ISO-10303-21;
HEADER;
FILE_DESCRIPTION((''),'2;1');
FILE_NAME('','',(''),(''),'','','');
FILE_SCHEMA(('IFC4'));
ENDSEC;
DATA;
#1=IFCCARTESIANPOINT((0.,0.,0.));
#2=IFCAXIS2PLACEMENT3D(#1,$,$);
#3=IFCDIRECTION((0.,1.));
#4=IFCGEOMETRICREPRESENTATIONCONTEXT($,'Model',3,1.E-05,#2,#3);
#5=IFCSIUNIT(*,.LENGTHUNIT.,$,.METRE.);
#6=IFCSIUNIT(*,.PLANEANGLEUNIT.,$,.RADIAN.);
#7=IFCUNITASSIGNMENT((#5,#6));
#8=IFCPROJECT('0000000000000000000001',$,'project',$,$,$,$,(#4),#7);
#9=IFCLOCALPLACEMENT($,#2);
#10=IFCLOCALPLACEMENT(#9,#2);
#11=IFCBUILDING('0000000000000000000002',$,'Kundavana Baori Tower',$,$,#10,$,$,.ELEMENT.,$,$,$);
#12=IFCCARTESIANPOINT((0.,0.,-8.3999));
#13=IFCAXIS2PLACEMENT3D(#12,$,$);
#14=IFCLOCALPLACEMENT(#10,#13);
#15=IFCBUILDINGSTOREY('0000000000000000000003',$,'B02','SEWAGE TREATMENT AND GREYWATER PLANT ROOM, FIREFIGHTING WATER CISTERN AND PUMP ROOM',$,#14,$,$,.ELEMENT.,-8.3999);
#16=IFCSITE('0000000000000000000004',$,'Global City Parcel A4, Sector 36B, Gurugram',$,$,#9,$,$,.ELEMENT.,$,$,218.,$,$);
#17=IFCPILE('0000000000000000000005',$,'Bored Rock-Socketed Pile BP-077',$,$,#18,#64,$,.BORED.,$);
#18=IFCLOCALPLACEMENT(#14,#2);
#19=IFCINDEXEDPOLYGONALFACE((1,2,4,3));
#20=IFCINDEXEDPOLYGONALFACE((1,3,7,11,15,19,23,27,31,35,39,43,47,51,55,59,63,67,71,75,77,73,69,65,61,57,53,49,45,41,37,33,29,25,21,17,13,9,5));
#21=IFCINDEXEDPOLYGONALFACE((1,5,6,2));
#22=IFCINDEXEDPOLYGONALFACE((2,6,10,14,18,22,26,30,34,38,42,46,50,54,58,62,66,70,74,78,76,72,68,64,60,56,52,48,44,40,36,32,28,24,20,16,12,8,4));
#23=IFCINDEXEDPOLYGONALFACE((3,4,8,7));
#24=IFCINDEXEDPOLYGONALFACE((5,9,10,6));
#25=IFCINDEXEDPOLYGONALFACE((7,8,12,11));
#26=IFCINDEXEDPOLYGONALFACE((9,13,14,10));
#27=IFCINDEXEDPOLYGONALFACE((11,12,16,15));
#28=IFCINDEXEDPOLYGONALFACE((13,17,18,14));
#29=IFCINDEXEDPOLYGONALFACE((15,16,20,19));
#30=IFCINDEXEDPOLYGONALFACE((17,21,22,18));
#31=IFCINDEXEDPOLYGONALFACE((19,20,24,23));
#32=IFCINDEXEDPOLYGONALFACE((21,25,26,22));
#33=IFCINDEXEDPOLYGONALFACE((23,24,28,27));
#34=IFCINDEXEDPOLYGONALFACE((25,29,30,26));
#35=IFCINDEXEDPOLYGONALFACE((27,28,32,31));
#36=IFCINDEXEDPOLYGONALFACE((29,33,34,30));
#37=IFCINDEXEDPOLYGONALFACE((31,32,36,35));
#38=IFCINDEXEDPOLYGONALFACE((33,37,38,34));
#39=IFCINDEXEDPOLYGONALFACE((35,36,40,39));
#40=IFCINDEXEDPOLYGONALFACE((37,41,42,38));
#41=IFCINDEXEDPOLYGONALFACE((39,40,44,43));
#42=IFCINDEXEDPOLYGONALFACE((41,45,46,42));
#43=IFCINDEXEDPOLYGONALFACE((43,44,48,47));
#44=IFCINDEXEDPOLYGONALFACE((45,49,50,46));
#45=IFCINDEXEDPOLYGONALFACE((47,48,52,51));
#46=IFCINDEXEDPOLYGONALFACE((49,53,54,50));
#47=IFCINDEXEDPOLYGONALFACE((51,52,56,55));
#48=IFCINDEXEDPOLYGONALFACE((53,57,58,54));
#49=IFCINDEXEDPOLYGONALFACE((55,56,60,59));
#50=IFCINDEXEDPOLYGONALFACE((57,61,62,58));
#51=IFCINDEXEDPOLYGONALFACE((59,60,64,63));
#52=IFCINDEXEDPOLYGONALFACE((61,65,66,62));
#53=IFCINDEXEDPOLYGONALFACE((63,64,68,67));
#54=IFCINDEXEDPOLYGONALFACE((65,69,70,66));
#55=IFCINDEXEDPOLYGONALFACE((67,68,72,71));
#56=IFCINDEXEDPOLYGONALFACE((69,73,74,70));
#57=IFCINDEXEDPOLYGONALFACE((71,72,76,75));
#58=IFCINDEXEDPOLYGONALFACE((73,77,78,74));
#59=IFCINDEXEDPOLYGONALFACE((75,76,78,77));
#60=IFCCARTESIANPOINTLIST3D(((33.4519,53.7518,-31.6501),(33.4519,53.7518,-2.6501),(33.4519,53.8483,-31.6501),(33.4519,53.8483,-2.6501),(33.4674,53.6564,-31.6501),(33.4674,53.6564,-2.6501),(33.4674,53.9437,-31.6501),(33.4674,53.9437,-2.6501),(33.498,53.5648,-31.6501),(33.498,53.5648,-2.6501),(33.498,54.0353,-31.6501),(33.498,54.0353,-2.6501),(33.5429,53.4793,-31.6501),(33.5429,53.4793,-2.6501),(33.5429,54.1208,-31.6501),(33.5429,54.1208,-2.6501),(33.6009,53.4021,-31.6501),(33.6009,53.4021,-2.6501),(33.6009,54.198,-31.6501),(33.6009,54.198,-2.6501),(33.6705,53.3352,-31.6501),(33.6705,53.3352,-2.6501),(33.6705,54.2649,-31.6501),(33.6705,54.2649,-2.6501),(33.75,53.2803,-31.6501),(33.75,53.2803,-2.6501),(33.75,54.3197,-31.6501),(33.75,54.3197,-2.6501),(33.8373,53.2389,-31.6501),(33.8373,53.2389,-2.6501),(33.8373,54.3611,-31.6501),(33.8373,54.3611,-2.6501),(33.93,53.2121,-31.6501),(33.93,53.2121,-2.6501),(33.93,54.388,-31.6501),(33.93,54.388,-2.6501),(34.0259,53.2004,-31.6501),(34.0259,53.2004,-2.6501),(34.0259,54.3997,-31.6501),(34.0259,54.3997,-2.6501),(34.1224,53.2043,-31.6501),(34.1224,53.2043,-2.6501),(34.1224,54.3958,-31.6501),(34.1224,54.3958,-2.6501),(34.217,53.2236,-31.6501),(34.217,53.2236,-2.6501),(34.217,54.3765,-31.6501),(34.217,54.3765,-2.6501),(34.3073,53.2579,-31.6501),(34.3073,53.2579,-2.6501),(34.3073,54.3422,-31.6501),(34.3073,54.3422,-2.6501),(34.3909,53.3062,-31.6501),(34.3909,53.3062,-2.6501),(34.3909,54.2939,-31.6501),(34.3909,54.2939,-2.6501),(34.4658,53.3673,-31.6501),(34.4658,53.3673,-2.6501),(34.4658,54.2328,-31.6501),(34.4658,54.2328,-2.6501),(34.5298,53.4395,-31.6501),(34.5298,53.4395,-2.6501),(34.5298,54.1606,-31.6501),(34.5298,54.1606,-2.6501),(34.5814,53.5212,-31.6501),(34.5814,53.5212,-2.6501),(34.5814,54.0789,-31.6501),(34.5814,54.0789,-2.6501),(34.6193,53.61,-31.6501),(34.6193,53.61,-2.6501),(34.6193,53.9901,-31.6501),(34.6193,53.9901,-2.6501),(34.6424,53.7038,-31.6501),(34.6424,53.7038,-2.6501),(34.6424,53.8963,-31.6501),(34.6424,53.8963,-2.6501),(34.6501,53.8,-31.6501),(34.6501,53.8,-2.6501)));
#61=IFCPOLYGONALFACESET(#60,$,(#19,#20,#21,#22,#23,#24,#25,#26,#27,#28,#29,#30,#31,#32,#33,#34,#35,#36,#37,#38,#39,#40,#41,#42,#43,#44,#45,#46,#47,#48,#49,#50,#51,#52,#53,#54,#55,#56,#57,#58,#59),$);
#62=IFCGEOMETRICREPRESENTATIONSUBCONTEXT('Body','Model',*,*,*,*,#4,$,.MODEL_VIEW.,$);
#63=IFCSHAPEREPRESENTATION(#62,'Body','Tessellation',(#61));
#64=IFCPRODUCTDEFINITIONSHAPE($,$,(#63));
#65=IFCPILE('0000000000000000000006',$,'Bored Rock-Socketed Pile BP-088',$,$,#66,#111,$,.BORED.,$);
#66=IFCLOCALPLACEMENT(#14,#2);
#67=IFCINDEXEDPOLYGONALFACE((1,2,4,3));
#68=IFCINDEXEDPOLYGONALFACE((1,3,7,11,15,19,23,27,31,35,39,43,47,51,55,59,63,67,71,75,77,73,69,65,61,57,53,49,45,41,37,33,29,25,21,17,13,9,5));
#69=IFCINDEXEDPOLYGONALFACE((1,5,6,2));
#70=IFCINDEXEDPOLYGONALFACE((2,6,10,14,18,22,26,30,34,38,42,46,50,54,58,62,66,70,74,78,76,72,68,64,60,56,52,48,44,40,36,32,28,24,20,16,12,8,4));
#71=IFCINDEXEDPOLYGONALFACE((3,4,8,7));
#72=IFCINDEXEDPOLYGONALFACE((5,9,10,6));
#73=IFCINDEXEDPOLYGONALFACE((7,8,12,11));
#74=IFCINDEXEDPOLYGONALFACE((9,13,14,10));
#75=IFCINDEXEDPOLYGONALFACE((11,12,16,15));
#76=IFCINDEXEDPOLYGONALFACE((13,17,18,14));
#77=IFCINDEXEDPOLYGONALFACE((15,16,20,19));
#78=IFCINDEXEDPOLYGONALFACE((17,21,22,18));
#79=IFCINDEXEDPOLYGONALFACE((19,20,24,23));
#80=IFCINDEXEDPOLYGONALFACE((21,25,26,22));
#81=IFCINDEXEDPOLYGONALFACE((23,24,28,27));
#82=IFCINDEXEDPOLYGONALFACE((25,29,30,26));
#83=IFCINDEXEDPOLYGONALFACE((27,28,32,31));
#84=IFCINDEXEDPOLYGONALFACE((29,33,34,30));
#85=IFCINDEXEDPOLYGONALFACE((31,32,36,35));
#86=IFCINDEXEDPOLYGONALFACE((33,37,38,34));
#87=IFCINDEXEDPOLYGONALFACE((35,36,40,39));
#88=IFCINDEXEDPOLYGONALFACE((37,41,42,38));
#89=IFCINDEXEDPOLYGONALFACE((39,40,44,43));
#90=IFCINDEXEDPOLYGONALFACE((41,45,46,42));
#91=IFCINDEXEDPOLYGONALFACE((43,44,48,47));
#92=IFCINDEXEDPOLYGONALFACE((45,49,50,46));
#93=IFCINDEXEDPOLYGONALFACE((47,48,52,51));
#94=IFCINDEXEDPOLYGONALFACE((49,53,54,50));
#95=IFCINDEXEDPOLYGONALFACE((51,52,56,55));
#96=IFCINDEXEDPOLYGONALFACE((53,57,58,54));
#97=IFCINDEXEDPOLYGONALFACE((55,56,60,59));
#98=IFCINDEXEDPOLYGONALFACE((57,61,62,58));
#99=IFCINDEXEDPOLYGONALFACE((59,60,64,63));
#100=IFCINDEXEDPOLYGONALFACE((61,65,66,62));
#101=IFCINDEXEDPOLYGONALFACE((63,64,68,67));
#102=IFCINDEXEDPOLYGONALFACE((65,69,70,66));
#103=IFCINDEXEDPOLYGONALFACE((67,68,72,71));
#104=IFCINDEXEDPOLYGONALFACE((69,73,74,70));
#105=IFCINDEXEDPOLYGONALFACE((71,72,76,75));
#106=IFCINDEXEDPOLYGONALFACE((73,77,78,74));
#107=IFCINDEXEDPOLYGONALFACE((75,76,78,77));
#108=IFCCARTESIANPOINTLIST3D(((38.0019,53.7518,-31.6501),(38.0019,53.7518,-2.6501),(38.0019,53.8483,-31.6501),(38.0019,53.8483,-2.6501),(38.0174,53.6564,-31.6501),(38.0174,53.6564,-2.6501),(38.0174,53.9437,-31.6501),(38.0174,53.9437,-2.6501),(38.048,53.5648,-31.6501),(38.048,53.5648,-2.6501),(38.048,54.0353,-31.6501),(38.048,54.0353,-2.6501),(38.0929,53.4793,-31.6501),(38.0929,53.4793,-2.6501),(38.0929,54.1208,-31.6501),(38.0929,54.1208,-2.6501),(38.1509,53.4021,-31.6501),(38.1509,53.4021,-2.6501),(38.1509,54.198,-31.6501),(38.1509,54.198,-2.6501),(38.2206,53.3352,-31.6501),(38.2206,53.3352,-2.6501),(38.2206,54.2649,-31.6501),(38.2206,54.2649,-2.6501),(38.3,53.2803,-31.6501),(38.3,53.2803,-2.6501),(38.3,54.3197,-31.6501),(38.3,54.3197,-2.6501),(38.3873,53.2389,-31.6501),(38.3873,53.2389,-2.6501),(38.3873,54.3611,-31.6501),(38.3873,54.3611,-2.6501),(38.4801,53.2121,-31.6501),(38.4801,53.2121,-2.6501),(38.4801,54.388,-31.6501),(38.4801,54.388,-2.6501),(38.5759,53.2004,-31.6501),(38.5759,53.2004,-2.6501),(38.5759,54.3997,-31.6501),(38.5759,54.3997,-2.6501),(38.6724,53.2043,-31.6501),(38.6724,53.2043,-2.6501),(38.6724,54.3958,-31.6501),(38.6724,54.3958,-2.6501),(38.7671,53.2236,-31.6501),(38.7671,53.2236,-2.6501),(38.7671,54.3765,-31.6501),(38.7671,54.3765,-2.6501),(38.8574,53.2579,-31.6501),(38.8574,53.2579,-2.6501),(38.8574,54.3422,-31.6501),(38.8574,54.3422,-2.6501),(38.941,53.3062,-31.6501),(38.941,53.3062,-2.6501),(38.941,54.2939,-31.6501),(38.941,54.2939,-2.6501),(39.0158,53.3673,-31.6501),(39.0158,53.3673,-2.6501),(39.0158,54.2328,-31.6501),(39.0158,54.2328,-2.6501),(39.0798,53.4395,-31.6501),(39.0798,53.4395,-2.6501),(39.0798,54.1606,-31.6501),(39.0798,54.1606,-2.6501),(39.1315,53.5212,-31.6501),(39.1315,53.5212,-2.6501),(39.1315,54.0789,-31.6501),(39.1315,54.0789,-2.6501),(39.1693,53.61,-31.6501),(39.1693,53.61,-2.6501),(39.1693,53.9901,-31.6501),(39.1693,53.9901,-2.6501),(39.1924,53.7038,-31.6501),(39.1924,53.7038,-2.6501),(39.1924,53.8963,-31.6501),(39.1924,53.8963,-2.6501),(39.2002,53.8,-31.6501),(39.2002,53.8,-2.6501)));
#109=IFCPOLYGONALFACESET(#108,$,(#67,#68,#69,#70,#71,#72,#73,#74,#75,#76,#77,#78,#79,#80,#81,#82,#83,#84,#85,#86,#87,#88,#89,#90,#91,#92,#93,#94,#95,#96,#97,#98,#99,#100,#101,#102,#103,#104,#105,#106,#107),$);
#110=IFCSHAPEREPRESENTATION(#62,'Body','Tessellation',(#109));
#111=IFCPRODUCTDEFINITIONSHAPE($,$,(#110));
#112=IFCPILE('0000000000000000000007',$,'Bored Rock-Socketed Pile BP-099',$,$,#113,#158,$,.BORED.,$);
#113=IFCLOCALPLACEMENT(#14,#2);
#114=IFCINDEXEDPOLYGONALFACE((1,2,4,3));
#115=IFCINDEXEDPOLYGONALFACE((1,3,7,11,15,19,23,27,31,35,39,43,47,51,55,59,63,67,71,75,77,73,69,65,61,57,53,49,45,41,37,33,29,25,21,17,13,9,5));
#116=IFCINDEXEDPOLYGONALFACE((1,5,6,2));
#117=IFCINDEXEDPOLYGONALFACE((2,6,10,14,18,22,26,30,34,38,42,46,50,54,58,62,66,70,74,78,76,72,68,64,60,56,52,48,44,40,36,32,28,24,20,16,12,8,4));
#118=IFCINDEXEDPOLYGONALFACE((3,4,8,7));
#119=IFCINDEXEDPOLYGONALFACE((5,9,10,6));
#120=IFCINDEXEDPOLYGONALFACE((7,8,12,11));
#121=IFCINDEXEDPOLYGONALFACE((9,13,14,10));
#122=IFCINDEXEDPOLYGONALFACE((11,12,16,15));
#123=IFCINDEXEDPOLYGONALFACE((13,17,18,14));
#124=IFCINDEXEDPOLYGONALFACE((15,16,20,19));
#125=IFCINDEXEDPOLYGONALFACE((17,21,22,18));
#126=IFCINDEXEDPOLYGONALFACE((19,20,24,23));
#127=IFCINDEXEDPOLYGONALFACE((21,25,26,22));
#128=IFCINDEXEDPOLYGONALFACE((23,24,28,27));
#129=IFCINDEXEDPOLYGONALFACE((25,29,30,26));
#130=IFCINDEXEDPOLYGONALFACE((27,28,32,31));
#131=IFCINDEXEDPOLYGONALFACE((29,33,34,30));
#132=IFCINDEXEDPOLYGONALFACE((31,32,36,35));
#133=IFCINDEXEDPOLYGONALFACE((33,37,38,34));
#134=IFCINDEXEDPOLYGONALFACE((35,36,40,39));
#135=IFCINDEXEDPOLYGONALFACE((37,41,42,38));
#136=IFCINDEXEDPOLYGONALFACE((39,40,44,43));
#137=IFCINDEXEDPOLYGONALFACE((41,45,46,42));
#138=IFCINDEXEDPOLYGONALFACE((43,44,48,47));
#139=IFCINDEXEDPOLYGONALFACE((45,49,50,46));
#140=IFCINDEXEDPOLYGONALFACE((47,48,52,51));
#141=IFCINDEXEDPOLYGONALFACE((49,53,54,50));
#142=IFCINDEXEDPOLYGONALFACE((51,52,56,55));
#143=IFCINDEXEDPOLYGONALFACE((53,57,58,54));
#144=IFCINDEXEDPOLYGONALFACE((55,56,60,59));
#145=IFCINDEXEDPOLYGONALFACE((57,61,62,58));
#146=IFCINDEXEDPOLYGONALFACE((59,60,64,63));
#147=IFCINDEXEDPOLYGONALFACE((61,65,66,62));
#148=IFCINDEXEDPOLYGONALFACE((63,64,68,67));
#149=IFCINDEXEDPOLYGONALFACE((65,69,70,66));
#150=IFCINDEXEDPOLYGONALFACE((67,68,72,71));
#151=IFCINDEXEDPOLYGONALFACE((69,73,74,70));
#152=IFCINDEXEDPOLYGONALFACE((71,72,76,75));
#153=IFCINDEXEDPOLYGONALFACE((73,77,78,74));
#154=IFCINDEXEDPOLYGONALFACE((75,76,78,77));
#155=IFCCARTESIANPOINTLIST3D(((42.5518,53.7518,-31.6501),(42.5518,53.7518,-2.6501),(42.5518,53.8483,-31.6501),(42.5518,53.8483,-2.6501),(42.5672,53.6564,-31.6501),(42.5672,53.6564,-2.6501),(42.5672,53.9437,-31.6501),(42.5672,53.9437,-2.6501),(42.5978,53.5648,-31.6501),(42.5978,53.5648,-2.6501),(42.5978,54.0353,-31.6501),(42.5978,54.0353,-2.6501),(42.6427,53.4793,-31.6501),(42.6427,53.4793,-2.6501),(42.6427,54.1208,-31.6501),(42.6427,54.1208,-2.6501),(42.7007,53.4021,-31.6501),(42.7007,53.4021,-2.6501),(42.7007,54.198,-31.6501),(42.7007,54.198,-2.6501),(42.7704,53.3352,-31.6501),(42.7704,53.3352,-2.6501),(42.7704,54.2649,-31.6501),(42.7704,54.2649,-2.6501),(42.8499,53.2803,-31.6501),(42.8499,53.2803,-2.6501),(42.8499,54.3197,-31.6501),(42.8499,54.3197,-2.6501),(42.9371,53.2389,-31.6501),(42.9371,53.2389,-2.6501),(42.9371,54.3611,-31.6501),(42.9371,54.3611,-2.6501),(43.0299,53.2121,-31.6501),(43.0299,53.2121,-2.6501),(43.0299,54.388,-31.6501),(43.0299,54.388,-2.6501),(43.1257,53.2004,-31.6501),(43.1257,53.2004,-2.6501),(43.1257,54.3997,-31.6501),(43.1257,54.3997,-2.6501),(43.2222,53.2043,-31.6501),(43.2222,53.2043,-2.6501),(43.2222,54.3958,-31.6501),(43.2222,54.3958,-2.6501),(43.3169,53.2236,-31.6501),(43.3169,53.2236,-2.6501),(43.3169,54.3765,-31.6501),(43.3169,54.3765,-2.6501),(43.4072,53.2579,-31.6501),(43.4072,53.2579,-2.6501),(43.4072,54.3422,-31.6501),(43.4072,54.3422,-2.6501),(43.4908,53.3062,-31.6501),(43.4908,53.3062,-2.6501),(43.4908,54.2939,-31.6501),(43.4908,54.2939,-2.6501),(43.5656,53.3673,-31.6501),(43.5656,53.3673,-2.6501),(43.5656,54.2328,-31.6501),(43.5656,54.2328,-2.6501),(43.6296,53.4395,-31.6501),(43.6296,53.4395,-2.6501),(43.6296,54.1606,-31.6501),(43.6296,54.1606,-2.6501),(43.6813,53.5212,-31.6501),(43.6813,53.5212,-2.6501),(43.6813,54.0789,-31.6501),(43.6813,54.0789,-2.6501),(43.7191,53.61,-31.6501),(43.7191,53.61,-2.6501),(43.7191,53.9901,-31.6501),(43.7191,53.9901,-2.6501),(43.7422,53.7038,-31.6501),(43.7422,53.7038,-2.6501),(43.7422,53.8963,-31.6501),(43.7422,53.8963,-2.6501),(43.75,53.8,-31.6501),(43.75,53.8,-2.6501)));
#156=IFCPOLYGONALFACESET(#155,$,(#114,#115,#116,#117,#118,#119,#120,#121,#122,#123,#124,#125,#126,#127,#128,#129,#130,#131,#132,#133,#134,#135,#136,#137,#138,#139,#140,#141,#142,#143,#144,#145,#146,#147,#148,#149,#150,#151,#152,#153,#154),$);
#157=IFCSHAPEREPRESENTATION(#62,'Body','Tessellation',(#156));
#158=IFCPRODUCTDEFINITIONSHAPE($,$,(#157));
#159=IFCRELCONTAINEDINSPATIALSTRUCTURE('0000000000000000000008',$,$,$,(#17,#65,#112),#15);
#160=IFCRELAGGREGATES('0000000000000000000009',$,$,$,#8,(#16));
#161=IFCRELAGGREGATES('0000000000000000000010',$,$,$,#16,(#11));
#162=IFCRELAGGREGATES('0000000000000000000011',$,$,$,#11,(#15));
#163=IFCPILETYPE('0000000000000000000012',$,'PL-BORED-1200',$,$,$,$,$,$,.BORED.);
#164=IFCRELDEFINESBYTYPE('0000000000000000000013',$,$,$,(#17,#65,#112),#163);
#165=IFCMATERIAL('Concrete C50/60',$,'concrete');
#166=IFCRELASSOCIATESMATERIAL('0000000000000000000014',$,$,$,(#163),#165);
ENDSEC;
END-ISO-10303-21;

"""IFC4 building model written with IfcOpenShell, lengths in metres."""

from ifc_helpers import new_model, si_unit, direction, frame, origin, origin_2d, place, context, subcontext, project, spatial, circle, extrude, material, material_profile, profile_set, type_object, element, save


model = new_model("IFC4")

# Units and contexts
model_context = context("Model", 3, precision=1e-05, world=origin(), true_north=direction((0.0, 1.0)))
body_context = subcontext(model_context, "Body", "Model", "MODEL_VIEW")
ifc_project = project(units=[si_unit("LENGTHUNIT", "METRE"), si_unit("PLANEANGLEUNIT", "RADIAN")], contexts=[model_context])

# Site, building, storey
site_placement = place(None, origin())
site = spatial("IfcSite", under=ifc_project, at=site_placement, Name="Global City Parcel A4, Sector 36B, Gurugram", CompositionType="ELEMENT", RefElevation=218.0)
building_placement = place(site_placement, origin())
building = spatial("IfcBuilding", under=site, at=building_placement, Name="Kundavana Baori Tower", CompositionType="ELEMENT")
storey_placement = place(building_placement, frame((0.0, 0.0, -8.3999)))
storey = spatial("IfcBuildingStorey", under=building, at=storey_placement, Name="B02", Description="SEWAGE TREATMENT AND GREYWATER PLANT ROOM, FIREFIGHTING WATER CISTERN AND PUMP ROOM", CompositionType="ELEMENT", Elevation=-8.3999)

# Piles
ifc_material_1 = material(Name="Concrete C50/60", Category="concrete")
ifc_material_profile_1 = material_profile(ifc_material_1, circle(Radius=0.6001, at=origin_2d()), Name="BORED PILE D1200")
ifc_profile_set_1 = profile_set([ifc_material_profile_1], Name="Concrete C50/60")
pile_type_1 = type_object("IfcPileType", Name="PL-BORED-1200", PredefinedType="BORED", material=ifc_profile_set_1)
for number, where, z_axis, x_axis, name in (
    (1, (34.05, 53.8, -2.6501), (0.0, 0.0, -1.0), (1.0, 0.0, 0.0), "Bored Rock-Socketed Pile BP-077"),
    (2, (38.6001, 53.8, -2.6501), (0.0, 0.0, -1.0), (1.0, 0.0, 0.0), "Bored Rock-Socketed Pile BP-088"),
    (3, (43.1499, 53.8, -2.6501), (0.0, 0.0, -1.0), (1.0, 0.0, 0.0), "Bored Rock-Socketed Pile BP-099"),
):
    element("IfcPile", number, at=place(storey_placement, frame(where, z_axis=z_axis, x_axis=x_axis)), inside=storey, type_object=pile_type_1, Name=name, PredefinedType="BORED", context=body_context, shape_type="SweptSolid", body=[
        extrude(circle(Radius=0.6001, at=origin_2d()), origin(), (0.0, 0.0, 1.0), 29.0),
    ])

save(model, "model.ifc")
